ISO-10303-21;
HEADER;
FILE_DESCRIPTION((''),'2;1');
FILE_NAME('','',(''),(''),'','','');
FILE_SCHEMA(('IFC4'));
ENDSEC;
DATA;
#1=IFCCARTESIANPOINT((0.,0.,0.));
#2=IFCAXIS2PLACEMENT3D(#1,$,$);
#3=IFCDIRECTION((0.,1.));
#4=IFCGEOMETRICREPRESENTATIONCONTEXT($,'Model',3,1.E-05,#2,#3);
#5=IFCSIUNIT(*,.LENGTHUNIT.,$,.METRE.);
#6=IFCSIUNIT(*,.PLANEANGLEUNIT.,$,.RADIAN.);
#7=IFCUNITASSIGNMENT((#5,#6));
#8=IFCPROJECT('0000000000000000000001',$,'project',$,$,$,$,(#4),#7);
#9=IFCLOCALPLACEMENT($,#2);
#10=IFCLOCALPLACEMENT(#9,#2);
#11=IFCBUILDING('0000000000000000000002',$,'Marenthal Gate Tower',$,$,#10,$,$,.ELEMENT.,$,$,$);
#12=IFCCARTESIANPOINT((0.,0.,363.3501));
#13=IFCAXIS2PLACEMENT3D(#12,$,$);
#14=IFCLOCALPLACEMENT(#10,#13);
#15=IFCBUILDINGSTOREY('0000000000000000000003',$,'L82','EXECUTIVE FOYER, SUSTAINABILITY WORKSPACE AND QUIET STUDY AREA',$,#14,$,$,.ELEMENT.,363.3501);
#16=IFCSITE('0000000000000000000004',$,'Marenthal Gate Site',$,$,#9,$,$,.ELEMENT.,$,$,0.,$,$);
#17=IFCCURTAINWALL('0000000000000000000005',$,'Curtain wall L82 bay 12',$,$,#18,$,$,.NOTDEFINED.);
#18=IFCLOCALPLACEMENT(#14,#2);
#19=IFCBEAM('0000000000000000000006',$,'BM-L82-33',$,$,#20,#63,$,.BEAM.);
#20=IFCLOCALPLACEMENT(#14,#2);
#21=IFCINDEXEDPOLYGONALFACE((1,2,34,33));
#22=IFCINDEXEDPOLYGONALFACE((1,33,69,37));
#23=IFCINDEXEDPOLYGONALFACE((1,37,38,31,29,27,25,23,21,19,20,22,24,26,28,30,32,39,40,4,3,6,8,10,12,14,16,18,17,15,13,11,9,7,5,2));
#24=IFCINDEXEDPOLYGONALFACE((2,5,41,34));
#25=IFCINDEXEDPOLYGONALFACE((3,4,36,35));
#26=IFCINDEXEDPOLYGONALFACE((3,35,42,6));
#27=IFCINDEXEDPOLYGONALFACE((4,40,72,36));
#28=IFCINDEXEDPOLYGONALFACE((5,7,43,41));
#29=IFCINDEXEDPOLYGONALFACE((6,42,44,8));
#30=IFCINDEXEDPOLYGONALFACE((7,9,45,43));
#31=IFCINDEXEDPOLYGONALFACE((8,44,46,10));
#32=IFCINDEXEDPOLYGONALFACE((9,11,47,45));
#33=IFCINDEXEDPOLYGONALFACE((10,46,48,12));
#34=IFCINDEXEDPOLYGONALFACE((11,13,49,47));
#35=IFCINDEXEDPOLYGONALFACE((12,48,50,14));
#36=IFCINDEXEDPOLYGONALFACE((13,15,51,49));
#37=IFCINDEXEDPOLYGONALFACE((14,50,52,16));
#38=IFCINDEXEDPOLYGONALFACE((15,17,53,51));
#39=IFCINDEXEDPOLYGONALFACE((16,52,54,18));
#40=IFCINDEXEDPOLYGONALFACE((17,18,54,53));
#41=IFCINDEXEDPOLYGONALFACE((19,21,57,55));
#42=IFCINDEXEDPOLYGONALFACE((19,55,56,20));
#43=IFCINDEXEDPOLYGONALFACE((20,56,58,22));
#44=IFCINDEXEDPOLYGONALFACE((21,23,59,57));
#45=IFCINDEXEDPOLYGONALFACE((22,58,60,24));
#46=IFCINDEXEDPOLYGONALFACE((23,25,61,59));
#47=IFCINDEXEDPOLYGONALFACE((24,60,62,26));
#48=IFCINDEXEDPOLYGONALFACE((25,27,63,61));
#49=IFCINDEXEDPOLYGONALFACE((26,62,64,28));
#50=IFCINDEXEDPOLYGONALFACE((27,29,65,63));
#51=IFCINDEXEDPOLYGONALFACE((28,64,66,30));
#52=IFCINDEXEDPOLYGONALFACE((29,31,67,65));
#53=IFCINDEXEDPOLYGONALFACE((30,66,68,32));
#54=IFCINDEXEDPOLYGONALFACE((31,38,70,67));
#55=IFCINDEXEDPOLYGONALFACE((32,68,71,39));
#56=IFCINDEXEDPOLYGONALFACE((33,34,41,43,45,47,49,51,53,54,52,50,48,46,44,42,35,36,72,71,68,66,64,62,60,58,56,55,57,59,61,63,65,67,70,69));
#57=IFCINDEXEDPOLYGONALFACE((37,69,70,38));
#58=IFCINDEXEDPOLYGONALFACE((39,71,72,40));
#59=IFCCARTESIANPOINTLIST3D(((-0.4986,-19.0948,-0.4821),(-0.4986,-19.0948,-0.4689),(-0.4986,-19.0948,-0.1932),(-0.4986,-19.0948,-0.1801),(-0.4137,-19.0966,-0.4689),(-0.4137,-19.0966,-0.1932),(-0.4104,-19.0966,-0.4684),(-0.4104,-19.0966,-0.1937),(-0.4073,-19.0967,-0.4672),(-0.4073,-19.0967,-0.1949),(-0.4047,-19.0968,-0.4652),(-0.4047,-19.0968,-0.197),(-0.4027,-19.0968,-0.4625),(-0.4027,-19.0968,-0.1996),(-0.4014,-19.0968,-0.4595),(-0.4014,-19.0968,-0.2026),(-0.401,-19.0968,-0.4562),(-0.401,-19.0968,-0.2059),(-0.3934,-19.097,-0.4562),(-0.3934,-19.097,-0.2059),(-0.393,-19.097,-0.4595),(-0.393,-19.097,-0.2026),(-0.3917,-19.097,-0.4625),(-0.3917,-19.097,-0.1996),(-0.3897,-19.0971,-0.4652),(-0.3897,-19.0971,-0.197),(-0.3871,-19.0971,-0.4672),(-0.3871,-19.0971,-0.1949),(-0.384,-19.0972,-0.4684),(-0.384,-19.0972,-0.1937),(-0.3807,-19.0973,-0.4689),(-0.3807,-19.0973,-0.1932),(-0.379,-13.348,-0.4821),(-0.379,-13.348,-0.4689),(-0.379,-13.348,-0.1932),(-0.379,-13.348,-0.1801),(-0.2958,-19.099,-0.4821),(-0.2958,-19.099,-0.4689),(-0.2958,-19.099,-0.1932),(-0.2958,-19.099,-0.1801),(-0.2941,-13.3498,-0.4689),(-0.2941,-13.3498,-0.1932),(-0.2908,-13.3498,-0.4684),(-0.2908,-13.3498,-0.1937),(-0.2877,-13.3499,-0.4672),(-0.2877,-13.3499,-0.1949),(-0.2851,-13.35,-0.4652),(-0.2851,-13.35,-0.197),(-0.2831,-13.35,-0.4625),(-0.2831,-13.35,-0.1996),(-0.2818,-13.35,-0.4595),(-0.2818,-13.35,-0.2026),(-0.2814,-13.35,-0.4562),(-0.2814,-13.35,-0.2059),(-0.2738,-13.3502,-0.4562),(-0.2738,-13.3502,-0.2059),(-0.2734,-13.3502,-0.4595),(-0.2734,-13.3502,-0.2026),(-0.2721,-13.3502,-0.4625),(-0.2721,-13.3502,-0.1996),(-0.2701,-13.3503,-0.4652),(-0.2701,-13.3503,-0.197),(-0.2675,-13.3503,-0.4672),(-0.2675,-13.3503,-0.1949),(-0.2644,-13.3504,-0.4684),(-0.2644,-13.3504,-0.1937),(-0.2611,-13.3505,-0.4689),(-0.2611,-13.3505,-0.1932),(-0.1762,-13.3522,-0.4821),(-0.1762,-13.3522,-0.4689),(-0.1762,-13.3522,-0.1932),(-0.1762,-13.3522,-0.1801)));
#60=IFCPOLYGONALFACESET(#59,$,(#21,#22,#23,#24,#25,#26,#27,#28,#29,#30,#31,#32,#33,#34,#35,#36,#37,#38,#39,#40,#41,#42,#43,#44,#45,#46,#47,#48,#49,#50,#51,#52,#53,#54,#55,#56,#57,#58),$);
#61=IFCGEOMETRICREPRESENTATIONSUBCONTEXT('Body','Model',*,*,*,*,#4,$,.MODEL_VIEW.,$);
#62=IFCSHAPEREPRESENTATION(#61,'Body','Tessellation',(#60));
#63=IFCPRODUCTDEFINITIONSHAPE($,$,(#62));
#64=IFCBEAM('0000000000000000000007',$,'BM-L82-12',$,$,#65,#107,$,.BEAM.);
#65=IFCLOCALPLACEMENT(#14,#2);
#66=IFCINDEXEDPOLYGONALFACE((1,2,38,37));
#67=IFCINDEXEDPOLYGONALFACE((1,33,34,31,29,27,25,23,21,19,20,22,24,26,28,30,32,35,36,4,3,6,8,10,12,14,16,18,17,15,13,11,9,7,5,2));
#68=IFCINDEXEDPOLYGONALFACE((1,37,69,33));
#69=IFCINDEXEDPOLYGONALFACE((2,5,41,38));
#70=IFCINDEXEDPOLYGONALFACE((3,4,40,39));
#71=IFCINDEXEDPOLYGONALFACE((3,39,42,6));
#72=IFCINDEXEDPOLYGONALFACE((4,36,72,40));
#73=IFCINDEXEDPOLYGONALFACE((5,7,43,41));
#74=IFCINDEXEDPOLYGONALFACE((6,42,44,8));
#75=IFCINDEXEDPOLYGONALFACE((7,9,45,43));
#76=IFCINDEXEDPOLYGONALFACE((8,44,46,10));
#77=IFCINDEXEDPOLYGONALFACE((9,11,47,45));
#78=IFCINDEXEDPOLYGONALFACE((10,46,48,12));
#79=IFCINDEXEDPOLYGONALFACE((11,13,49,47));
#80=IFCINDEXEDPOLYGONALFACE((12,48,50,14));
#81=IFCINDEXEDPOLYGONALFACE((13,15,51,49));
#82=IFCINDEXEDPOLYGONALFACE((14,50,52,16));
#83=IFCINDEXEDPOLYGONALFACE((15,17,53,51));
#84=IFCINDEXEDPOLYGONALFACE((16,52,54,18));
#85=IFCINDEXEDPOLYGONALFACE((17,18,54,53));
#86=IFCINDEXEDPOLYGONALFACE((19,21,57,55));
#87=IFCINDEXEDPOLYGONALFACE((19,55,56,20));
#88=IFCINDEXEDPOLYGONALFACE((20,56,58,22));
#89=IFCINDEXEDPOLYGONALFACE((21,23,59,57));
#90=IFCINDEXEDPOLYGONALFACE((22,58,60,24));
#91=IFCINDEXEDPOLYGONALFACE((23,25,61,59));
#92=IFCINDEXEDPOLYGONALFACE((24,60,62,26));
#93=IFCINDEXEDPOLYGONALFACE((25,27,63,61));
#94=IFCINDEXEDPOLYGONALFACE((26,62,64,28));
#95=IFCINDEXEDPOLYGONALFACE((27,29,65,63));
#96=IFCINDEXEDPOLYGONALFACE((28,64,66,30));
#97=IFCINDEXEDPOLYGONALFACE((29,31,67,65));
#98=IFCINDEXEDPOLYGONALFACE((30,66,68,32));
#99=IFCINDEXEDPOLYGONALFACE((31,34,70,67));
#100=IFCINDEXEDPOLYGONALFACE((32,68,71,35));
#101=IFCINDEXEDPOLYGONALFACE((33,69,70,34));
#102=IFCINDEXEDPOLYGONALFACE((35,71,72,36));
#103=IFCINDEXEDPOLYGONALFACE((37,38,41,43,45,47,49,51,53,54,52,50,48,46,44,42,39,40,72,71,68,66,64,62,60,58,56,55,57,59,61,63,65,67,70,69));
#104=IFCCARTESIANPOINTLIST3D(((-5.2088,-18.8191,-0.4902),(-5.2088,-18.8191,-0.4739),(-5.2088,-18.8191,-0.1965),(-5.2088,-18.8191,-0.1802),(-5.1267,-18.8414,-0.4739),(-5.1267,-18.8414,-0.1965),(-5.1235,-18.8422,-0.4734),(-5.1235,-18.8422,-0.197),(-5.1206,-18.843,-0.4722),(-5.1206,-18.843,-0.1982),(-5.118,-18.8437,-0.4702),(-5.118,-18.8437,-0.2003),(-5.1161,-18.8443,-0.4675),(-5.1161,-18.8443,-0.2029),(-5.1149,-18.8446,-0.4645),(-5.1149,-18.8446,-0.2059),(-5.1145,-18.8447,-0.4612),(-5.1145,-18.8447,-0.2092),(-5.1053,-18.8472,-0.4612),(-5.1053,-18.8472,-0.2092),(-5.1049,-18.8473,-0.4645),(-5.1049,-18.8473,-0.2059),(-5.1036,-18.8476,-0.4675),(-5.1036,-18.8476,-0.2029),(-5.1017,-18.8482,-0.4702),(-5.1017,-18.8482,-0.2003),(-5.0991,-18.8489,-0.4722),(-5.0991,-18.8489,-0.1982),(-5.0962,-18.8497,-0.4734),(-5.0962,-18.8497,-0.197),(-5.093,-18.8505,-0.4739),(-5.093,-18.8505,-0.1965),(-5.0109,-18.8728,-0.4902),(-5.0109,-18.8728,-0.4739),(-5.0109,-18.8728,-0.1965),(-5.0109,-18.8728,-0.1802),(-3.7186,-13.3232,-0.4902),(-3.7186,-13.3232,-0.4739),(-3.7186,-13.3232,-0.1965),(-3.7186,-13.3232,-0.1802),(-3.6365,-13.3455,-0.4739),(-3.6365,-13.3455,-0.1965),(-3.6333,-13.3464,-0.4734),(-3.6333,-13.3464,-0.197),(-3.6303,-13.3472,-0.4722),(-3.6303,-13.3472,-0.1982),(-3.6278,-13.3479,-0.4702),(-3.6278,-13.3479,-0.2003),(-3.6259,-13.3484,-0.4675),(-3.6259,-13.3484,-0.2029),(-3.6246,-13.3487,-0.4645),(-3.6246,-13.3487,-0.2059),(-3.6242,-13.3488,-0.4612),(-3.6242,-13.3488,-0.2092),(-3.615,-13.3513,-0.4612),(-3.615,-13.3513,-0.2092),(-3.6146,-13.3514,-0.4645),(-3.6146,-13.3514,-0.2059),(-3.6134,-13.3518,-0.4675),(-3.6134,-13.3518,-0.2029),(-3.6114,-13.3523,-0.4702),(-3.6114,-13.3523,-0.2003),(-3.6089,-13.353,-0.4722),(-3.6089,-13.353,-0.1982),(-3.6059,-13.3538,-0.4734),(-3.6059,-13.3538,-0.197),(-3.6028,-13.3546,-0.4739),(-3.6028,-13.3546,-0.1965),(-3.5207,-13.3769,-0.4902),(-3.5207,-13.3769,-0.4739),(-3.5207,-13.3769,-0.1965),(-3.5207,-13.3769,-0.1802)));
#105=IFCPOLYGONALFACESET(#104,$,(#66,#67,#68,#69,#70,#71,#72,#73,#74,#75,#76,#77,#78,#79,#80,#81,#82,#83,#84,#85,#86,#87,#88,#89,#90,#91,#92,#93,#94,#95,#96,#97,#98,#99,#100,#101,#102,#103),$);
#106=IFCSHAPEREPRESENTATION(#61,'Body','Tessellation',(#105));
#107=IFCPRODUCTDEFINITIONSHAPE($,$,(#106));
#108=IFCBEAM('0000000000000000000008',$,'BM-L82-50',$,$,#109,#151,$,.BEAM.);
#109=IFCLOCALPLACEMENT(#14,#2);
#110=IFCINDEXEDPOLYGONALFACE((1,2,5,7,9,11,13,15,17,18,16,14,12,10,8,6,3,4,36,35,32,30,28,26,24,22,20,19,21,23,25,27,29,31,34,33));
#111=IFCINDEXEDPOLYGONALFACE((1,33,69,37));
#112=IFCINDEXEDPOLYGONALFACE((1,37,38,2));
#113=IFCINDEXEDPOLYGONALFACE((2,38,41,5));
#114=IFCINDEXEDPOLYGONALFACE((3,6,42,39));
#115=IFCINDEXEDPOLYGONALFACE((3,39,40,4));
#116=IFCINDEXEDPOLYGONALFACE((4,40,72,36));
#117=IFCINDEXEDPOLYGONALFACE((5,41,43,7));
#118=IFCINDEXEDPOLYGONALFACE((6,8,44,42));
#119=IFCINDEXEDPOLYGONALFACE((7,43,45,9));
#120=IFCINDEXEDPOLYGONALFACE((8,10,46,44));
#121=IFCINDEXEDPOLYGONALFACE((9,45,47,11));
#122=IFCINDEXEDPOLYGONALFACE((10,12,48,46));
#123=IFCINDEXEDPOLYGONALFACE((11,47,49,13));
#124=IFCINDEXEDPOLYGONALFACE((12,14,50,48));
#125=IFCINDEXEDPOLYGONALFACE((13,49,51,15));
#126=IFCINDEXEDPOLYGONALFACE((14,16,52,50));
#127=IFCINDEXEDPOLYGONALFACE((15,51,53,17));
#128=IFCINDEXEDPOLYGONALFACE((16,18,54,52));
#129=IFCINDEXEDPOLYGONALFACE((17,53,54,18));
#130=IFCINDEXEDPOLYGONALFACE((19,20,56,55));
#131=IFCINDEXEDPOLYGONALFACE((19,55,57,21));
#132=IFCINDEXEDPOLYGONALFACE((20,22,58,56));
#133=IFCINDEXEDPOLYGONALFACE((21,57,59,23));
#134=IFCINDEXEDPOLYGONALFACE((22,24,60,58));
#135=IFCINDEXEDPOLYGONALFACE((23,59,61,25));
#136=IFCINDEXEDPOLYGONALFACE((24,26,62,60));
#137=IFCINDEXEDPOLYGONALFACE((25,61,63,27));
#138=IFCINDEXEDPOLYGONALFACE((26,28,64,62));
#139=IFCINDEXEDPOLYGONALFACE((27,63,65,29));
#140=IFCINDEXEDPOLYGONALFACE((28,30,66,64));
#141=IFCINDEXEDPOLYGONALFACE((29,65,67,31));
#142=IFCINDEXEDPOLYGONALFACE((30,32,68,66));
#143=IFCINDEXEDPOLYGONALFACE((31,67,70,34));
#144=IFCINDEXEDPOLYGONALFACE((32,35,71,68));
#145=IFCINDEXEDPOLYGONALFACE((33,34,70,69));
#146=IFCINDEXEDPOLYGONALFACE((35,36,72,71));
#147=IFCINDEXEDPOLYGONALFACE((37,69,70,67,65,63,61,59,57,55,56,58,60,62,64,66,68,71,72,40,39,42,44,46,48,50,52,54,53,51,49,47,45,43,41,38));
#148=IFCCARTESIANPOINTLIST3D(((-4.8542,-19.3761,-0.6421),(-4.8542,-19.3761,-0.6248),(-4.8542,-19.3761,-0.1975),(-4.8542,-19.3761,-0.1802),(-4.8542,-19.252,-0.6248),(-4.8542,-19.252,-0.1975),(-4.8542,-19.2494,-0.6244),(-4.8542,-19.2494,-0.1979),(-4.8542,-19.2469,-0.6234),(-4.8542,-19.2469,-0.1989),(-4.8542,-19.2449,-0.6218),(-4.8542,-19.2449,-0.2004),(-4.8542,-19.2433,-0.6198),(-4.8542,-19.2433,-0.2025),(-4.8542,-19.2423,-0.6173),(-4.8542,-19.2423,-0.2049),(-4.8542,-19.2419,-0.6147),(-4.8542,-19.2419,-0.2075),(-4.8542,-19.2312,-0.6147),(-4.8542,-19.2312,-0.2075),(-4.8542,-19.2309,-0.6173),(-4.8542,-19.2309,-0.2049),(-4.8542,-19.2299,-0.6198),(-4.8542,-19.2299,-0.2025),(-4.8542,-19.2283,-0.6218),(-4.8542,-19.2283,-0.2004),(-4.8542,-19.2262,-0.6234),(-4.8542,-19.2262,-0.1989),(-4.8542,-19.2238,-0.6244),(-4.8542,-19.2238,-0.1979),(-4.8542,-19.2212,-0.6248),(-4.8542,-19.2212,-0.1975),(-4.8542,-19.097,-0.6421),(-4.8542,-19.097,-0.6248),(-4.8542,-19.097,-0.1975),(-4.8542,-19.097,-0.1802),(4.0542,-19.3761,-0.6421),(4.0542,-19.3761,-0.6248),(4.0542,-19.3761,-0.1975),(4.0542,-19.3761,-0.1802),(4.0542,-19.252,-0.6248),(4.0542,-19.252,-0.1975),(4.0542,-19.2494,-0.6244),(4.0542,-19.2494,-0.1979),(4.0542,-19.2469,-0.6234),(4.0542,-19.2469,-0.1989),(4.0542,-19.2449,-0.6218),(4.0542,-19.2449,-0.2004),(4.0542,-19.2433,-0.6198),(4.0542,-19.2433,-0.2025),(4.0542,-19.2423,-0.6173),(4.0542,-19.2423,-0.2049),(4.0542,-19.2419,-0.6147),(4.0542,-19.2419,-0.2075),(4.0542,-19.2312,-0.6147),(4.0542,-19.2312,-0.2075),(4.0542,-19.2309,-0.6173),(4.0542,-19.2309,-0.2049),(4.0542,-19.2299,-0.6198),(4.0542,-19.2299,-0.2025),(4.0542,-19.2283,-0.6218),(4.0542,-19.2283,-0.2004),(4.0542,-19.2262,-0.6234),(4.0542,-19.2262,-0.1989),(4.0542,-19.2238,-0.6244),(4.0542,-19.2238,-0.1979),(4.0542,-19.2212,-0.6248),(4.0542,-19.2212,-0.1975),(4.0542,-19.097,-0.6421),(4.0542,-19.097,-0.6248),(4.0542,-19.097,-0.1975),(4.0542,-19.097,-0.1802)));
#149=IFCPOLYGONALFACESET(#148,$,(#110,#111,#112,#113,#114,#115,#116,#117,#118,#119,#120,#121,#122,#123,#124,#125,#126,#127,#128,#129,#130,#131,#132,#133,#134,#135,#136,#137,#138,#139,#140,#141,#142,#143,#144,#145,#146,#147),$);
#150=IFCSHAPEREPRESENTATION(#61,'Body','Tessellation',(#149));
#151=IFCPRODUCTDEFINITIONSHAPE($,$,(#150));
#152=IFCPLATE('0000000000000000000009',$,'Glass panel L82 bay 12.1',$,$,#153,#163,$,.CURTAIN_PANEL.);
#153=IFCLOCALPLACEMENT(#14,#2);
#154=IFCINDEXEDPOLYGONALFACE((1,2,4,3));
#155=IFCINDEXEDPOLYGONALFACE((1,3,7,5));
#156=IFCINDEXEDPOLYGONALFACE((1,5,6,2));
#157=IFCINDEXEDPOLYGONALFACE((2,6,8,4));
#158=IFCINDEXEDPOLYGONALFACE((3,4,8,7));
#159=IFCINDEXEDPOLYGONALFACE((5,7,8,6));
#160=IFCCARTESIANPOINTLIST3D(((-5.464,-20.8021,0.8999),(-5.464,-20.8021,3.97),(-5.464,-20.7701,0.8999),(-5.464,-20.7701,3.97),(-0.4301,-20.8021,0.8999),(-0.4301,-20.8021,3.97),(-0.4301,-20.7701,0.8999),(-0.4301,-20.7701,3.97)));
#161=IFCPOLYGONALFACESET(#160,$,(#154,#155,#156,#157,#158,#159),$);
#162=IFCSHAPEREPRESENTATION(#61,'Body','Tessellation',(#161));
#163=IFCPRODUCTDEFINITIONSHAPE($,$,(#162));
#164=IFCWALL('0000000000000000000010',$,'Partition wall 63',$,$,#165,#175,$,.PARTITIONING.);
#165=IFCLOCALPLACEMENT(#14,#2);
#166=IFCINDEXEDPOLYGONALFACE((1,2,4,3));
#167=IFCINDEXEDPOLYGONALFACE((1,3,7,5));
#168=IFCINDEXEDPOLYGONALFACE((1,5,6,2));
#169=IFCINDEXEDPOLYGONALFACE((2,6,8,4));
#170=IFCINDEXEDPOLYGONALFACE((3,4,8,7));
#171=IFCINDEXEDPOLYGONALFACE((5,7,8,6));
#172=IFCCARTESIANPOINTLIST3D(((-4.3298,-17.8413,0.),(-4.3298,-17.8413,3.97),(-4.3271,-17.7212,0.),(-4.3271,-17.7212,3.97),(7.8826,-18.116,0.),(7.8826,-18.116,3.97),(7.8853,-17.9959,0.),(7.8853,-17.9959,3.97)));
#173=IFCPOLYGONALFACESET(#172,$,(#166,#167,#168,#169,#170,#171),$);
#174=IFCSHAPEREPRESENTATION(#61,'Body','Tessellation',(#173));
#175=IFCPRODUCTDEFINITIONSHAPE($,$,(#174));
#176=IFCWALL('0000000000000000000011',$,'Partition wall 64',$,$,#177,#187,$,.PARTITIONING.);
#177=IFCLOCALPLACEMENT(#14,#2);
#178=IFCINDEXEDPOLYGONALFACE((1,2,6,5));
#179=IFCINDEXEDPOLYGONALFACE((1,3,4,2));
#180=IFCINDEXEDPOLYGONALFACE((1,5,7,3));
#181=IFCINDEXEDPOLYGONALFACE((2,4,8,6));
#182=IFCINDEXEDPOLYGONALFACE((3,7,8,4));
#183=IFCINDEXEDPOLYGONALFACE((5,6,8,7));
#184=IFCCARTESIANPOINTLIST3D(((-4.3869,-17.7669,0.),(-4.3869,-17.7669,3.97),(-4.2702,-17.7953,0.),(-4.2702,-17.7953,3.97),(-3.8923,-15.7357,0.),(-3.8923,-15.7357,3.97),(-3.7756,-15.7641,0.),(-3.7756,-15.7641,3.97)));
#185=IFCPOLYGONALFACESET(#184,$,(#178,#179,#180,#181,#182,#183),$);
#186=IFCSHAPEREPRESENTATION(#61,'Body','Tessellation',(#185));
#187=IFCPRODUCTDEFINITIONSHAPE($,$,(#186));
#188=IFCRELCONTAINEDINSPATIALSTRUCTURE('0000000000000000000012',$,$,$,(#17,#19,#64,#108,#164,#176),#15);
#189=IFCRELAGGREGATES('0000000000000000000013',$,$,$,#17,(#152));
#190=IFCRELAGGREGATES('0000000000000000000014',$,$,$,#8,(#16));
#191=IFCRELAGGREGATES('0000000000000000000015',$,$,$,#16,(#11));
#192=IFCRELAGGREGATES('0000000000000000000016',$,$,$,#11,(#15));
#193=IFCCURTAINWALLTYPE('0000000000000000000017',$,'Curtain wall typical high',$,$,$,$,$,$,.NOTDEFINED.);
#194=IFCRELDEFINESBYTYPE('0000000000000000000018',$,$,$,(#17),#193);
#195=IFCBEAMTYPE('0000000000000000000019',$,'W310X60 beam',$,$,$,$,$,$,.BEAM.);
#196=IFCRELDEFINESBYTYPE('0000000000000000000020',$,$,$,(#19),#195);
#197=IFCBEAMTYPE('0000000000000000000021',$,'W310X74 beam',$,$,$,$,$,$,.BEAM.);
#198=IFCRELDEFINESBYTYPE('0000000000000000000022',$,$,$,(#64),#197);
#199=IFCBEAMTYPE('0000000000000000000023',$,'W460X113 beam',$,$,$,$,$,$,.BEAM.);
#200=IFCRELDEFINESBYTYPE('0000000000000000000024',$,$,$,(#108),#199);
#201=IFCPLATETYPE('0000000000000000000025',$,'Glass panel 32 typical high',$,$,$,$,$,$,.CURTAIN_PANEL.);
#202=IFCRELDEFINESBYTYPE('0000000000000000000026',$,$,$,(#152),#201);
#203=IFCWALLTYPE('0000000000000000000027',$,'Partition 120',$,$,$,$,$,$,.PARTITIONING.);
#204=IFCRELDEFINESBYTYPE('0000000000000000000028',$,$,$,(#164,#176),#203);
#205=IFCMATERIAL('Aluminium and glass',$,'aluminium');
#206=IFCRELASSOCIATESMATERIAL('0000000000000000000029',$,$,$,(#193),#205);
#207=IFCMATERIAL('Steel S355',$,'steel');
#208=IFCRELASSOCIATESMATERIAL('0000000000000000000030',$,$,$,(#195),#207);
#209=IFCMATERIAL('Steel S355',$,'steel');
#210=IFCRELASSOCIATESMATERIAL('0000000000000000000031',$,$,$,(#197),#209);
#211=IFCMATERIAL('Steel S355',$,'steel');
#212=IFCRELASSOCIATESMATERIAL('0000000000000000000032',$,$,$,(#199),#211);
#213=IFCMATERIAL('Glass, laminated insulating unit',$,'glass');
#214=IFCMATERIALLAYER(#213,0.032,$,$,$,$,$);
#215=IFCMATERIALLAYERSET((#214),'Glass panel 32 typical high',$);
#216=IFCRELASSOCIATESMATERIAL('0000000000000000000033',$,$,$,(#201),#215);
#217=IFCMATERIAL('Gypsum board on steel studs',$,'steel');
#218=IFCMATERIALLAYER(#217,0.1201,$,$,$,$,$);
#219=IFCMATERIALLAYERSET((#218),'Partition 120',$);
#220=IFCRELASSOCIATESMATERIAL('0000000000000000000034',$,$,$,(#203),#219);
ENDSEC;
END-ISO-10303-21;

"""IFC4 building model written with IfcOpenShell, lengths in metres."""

from ifc_helpers import new_model, si_unit, direction, frame, frame_2d, origin, origin_2d, place, context, subcontext, project, spatial, rectangle, i_section, extrude, material, layer, layer_set, material_profile, profile_set, type_object, element, aggregate, save


model = new_model("IFC4")

# Units and contexts
model_context = context("Model", 3, precision=1e-05, world=origin(), true_north=direction((0.0, 1.0)))
body_context = subcontext(model_context, "Body", "Model", "MODEL_VIEW")
ifc_project = project(units=[si_unit("LENGTHUNIT", "METRE"), si_unit("PLANEANGLEUNIT", "RADIAN")], contexts=[model_context])

# Site, building, storey
site_placement = place(None, origin())
site = spatial("IfcSite", under=ifc_project, at=site_placement, Name="Marenthal Gate Site", CompositionType="ELEMENT", RefElevation=0.0)
building_placement = place(site_placement, origin())
building = spatial("IfcBuilding", under=site, at=building_placement, Name="Marenthal Gate Tower", CompositionType="ELEMENT")
storey_placement = place(building_placement, frame((0.0, 0.0, 363.3501)))
storey = spatial("IfcBuildingStorey", under=building, at=storey_placement, Name="L82", Description="EXECUTIVE FOYER, SUSTAINABILITY WORKSPACE AND QUIET STUDY AREA", CompositionType="ELEMENT", Elevation=363.3501)

# Curtain wall
ifc_material_1 = material(Name="Aluminium and glass", Category="aluminium")
curtain_wall_type = type_object("IfcCurtainWallType", Name="Curtain wall typical high", PredefinedType="NOTDEFINED", material=ifc_material_1)
curtain_wall_placement = place(storey_placement, origin())
curtain_wall = element("IfcCurtainWall", 1, at=curtain_wall_placement, inside=storey, type_object=curtain_wall_type, Name="Curtain wall L82 bay 12", PredefinedType="NOTDEFINED")

# Beams
ifc_material_2 = material(Name="Steel S355", Category="steel")
ifc_material_profile_1 = material_profile(ifc_material_2, i_section(OverallWidth=0.2029, OverallDepth=0.302, WebThickness=0.0076, FlangeThickness=0.0132, FilletRadius=0.0127, at=origin_2d()), Name="W310X60")
ifc_profile_set_1 = profile_set([ifc_material_profile_1], Name="Steel S355")
beam_type_1 = type_object("IfcBeamType", Name="W310X60 beam", PredefinedType="BEAM", material=ifc_profile_set_1)
beam_1_placement = place(storey_placement, frame((-0.3972, -19.0969, -0.3311), z_axis=(0.020812, 0.999783, 0.0), x_axis=(-0.999783, 0.020812, 0.0)))
element("IfcBeam", 2, at=beam_1_placement, inside=storey, type_object=beam_type_1, Name="BM-L82-33", PredefinedType="BEAM", context=body_context, shape_type="SweptSolid", body=[
    extrude(i_section(OverallWidth=0.2029, OverallDepth=0.302, WebThickness=0.0076, FlangeThickness=0.0132, FilletRadius=0.0127, at=origin_2d()), origin(), (0.0, 0.0, 1.0), 5.748),
])
ifc_material_3 = material(Name="Steel S355", Category="steel")
ifc_material_profile_2 = material_profile(ifc_material_3, i_section(OverallWidth=0.2051, OverallDepth=0.3101, WebThickness=0.0095, FlangeThickness=0.0164, FilletRadius=0.0127, at=origin_2d()), Name="W310X74")
ifc_profile_set_2 = profile_set([ifc_material_profile_2], Name="Steel S355")
beam_type_2 = type_object("IfcBeamType", Name="W310X74 beam", PredefinedType="BEAM", material=ifc_profile_set_2)
beam_2_placement = place(storey_placement, frame((-5.1099, -18.8459, -0.3352), z_axis=(0.261706, 0.965148, 0.0), x_axis=(-0.965148, 0.261706, 0.0)))
element("IfcBeam", 3, at=beam_2_placement, inside=storey, type_object=beam_type_2, Name="BM-L82-12", PredefinedType="BEAM", context=body_context, shape_type="SweptSolid", body=[
    extrude(i_section(OverallWidth=0.2051, OverallDepth=0.3101, WebThickness=0.0095, FlangeThickness=0.0164, FilletRadius=0.0127, at=origin_2d()), origin(), (0.0, 0.0, 1.0), 5.6943),
])
ifc_material_4 = material(Name="Steel S355", Category="steel")
ifc_material_profile_3 = material_profile(ifc_material_4, i_section(OverallWidth=0.2791, OverallDepth=0.4619, WebThickness=0.0107, FlangeThickness=0.0173, FilletRadius=0.01, at=origin_2d()), Name="W460X113")
ifc_profile_set_3 = profile_set([ifc_material_profile_3], Name="Steel S355")
beam_type_3 = type_object("IfcBeamType", Name="W460X113 beam", PredefinedType="BEAM", material=ifc_profile_set_3)
beam_3_placement = place(storey_placement, frame((-4.8542, -19.2366, -0.4111), z_axis=(1.0, 0.0, 0.0), x_axis=(0.0, 1.0, 0.0)))
element("IfcBeam", 4, at=beam_3_placement, inside=storey, type_object=beam_type_3, Name="BM-L82-50", PredefinedType="BEAM", context=body_context, shape_type="SweptSolid", body=[
    extrude(i_section(OverallWidth=0.2791, OverallDepth=0.4619, WebThickness=0.0107, FlangeThickness=0.0173, FilletRadius=0.01, at=origin_2d()), origin(), (0.0, 0.0, 1.0), 8.9084),
])

# Plate
ifc_material_5 = material(Name="Glass, laminated insulating unit", Category="glass")
ifc_layer_1 = layer(ifc_material_5, 0.032)
ifc_layer_set_1 = layer_set([ifc_layer_1], Name="Glass panel 32 typical high")
plate_type = type_object("IfcPlateType", Name="Glass panel 32 typical high", PredefinedType="CURTAIN_PANEL", material=ifc_layer_set_1)
plate_placement = place(storey_placement, frame((-2.947, -20.7861, 0.8999), z_axis=(0.0, 0.0, 1.0), x_axis=(1.0, 0.0, 0.0)))
plate = element("IfcPlate", 5, at=plate_placement, type_object=plate_type, Name="Glass panel L82 bay 12.1", PredefinedType="CURTAIN_PANEL", context=body_context, shape_type="SweptSolid", body=[
    extrude(rectangle(XDim=5.0339, YDim=0.032, at=origin_2d()), origin(), (0.0, 0.0, 1.0), 3.0701),
])
aggregate(curtain_wall, [plate])

# Walls
ifc_material_6 = material(Name="Gypsum board on steel studs", Category="steel")
ifc_layer_2 = layer(ifc_material_6, 0.1201)
ifc_layer_set_2 = layer_set([ifc_layer_2], Name="Partition 120")
wall_type_1 = type_object("IfcWallType", Name="Partition 120", PredefinedType="PARTITIONING", material=ifc_layer_set_2)
wall_1_placement = place(storey_placement, frame((-4.3286, -17.7812, 0.0), z_axis=(0.0, 0.0, 1.0), x_axis=(0.999747, -0.022484, 0.0)))
element("IfcWall", 6, at=wall_1_placement, inside=storey, type_object=wall_type_1, Name="Partition wall 63", PredefinedType="PARTITIONING", context=body_context, shape_type="SweptSolid", body=[
    extrude(rectangle(XDim=12.2156, YDim=0.1201, at=frame_2d((6.1079, 0.0))), origin(), (0.0, 0.0, 1.0), 3.97),
])
wall_2_placement = place(storey_placement, frame((-4.3286, -17.7812, 0.0), z_axis=(0.0, 0.0, 1.0), x_axis=(0.236596, 0.971608, 0.0)))
element("IfcWall", 7, at=wall_2_placement, inside=storey, type_object=wall_type_1, Name="Partition wall 64", PredefinedType="PARTITIONING", context=body_context, shape_type="SweptSolid", body=[
    extrude(rectangle(XDim=2.0906, YDim=0.1201, at=frame_2d((1.0454, 0.0))), origin(), (0.0, 0.0, 1.0), 3.97),
])

save(model, "model.ifc")
